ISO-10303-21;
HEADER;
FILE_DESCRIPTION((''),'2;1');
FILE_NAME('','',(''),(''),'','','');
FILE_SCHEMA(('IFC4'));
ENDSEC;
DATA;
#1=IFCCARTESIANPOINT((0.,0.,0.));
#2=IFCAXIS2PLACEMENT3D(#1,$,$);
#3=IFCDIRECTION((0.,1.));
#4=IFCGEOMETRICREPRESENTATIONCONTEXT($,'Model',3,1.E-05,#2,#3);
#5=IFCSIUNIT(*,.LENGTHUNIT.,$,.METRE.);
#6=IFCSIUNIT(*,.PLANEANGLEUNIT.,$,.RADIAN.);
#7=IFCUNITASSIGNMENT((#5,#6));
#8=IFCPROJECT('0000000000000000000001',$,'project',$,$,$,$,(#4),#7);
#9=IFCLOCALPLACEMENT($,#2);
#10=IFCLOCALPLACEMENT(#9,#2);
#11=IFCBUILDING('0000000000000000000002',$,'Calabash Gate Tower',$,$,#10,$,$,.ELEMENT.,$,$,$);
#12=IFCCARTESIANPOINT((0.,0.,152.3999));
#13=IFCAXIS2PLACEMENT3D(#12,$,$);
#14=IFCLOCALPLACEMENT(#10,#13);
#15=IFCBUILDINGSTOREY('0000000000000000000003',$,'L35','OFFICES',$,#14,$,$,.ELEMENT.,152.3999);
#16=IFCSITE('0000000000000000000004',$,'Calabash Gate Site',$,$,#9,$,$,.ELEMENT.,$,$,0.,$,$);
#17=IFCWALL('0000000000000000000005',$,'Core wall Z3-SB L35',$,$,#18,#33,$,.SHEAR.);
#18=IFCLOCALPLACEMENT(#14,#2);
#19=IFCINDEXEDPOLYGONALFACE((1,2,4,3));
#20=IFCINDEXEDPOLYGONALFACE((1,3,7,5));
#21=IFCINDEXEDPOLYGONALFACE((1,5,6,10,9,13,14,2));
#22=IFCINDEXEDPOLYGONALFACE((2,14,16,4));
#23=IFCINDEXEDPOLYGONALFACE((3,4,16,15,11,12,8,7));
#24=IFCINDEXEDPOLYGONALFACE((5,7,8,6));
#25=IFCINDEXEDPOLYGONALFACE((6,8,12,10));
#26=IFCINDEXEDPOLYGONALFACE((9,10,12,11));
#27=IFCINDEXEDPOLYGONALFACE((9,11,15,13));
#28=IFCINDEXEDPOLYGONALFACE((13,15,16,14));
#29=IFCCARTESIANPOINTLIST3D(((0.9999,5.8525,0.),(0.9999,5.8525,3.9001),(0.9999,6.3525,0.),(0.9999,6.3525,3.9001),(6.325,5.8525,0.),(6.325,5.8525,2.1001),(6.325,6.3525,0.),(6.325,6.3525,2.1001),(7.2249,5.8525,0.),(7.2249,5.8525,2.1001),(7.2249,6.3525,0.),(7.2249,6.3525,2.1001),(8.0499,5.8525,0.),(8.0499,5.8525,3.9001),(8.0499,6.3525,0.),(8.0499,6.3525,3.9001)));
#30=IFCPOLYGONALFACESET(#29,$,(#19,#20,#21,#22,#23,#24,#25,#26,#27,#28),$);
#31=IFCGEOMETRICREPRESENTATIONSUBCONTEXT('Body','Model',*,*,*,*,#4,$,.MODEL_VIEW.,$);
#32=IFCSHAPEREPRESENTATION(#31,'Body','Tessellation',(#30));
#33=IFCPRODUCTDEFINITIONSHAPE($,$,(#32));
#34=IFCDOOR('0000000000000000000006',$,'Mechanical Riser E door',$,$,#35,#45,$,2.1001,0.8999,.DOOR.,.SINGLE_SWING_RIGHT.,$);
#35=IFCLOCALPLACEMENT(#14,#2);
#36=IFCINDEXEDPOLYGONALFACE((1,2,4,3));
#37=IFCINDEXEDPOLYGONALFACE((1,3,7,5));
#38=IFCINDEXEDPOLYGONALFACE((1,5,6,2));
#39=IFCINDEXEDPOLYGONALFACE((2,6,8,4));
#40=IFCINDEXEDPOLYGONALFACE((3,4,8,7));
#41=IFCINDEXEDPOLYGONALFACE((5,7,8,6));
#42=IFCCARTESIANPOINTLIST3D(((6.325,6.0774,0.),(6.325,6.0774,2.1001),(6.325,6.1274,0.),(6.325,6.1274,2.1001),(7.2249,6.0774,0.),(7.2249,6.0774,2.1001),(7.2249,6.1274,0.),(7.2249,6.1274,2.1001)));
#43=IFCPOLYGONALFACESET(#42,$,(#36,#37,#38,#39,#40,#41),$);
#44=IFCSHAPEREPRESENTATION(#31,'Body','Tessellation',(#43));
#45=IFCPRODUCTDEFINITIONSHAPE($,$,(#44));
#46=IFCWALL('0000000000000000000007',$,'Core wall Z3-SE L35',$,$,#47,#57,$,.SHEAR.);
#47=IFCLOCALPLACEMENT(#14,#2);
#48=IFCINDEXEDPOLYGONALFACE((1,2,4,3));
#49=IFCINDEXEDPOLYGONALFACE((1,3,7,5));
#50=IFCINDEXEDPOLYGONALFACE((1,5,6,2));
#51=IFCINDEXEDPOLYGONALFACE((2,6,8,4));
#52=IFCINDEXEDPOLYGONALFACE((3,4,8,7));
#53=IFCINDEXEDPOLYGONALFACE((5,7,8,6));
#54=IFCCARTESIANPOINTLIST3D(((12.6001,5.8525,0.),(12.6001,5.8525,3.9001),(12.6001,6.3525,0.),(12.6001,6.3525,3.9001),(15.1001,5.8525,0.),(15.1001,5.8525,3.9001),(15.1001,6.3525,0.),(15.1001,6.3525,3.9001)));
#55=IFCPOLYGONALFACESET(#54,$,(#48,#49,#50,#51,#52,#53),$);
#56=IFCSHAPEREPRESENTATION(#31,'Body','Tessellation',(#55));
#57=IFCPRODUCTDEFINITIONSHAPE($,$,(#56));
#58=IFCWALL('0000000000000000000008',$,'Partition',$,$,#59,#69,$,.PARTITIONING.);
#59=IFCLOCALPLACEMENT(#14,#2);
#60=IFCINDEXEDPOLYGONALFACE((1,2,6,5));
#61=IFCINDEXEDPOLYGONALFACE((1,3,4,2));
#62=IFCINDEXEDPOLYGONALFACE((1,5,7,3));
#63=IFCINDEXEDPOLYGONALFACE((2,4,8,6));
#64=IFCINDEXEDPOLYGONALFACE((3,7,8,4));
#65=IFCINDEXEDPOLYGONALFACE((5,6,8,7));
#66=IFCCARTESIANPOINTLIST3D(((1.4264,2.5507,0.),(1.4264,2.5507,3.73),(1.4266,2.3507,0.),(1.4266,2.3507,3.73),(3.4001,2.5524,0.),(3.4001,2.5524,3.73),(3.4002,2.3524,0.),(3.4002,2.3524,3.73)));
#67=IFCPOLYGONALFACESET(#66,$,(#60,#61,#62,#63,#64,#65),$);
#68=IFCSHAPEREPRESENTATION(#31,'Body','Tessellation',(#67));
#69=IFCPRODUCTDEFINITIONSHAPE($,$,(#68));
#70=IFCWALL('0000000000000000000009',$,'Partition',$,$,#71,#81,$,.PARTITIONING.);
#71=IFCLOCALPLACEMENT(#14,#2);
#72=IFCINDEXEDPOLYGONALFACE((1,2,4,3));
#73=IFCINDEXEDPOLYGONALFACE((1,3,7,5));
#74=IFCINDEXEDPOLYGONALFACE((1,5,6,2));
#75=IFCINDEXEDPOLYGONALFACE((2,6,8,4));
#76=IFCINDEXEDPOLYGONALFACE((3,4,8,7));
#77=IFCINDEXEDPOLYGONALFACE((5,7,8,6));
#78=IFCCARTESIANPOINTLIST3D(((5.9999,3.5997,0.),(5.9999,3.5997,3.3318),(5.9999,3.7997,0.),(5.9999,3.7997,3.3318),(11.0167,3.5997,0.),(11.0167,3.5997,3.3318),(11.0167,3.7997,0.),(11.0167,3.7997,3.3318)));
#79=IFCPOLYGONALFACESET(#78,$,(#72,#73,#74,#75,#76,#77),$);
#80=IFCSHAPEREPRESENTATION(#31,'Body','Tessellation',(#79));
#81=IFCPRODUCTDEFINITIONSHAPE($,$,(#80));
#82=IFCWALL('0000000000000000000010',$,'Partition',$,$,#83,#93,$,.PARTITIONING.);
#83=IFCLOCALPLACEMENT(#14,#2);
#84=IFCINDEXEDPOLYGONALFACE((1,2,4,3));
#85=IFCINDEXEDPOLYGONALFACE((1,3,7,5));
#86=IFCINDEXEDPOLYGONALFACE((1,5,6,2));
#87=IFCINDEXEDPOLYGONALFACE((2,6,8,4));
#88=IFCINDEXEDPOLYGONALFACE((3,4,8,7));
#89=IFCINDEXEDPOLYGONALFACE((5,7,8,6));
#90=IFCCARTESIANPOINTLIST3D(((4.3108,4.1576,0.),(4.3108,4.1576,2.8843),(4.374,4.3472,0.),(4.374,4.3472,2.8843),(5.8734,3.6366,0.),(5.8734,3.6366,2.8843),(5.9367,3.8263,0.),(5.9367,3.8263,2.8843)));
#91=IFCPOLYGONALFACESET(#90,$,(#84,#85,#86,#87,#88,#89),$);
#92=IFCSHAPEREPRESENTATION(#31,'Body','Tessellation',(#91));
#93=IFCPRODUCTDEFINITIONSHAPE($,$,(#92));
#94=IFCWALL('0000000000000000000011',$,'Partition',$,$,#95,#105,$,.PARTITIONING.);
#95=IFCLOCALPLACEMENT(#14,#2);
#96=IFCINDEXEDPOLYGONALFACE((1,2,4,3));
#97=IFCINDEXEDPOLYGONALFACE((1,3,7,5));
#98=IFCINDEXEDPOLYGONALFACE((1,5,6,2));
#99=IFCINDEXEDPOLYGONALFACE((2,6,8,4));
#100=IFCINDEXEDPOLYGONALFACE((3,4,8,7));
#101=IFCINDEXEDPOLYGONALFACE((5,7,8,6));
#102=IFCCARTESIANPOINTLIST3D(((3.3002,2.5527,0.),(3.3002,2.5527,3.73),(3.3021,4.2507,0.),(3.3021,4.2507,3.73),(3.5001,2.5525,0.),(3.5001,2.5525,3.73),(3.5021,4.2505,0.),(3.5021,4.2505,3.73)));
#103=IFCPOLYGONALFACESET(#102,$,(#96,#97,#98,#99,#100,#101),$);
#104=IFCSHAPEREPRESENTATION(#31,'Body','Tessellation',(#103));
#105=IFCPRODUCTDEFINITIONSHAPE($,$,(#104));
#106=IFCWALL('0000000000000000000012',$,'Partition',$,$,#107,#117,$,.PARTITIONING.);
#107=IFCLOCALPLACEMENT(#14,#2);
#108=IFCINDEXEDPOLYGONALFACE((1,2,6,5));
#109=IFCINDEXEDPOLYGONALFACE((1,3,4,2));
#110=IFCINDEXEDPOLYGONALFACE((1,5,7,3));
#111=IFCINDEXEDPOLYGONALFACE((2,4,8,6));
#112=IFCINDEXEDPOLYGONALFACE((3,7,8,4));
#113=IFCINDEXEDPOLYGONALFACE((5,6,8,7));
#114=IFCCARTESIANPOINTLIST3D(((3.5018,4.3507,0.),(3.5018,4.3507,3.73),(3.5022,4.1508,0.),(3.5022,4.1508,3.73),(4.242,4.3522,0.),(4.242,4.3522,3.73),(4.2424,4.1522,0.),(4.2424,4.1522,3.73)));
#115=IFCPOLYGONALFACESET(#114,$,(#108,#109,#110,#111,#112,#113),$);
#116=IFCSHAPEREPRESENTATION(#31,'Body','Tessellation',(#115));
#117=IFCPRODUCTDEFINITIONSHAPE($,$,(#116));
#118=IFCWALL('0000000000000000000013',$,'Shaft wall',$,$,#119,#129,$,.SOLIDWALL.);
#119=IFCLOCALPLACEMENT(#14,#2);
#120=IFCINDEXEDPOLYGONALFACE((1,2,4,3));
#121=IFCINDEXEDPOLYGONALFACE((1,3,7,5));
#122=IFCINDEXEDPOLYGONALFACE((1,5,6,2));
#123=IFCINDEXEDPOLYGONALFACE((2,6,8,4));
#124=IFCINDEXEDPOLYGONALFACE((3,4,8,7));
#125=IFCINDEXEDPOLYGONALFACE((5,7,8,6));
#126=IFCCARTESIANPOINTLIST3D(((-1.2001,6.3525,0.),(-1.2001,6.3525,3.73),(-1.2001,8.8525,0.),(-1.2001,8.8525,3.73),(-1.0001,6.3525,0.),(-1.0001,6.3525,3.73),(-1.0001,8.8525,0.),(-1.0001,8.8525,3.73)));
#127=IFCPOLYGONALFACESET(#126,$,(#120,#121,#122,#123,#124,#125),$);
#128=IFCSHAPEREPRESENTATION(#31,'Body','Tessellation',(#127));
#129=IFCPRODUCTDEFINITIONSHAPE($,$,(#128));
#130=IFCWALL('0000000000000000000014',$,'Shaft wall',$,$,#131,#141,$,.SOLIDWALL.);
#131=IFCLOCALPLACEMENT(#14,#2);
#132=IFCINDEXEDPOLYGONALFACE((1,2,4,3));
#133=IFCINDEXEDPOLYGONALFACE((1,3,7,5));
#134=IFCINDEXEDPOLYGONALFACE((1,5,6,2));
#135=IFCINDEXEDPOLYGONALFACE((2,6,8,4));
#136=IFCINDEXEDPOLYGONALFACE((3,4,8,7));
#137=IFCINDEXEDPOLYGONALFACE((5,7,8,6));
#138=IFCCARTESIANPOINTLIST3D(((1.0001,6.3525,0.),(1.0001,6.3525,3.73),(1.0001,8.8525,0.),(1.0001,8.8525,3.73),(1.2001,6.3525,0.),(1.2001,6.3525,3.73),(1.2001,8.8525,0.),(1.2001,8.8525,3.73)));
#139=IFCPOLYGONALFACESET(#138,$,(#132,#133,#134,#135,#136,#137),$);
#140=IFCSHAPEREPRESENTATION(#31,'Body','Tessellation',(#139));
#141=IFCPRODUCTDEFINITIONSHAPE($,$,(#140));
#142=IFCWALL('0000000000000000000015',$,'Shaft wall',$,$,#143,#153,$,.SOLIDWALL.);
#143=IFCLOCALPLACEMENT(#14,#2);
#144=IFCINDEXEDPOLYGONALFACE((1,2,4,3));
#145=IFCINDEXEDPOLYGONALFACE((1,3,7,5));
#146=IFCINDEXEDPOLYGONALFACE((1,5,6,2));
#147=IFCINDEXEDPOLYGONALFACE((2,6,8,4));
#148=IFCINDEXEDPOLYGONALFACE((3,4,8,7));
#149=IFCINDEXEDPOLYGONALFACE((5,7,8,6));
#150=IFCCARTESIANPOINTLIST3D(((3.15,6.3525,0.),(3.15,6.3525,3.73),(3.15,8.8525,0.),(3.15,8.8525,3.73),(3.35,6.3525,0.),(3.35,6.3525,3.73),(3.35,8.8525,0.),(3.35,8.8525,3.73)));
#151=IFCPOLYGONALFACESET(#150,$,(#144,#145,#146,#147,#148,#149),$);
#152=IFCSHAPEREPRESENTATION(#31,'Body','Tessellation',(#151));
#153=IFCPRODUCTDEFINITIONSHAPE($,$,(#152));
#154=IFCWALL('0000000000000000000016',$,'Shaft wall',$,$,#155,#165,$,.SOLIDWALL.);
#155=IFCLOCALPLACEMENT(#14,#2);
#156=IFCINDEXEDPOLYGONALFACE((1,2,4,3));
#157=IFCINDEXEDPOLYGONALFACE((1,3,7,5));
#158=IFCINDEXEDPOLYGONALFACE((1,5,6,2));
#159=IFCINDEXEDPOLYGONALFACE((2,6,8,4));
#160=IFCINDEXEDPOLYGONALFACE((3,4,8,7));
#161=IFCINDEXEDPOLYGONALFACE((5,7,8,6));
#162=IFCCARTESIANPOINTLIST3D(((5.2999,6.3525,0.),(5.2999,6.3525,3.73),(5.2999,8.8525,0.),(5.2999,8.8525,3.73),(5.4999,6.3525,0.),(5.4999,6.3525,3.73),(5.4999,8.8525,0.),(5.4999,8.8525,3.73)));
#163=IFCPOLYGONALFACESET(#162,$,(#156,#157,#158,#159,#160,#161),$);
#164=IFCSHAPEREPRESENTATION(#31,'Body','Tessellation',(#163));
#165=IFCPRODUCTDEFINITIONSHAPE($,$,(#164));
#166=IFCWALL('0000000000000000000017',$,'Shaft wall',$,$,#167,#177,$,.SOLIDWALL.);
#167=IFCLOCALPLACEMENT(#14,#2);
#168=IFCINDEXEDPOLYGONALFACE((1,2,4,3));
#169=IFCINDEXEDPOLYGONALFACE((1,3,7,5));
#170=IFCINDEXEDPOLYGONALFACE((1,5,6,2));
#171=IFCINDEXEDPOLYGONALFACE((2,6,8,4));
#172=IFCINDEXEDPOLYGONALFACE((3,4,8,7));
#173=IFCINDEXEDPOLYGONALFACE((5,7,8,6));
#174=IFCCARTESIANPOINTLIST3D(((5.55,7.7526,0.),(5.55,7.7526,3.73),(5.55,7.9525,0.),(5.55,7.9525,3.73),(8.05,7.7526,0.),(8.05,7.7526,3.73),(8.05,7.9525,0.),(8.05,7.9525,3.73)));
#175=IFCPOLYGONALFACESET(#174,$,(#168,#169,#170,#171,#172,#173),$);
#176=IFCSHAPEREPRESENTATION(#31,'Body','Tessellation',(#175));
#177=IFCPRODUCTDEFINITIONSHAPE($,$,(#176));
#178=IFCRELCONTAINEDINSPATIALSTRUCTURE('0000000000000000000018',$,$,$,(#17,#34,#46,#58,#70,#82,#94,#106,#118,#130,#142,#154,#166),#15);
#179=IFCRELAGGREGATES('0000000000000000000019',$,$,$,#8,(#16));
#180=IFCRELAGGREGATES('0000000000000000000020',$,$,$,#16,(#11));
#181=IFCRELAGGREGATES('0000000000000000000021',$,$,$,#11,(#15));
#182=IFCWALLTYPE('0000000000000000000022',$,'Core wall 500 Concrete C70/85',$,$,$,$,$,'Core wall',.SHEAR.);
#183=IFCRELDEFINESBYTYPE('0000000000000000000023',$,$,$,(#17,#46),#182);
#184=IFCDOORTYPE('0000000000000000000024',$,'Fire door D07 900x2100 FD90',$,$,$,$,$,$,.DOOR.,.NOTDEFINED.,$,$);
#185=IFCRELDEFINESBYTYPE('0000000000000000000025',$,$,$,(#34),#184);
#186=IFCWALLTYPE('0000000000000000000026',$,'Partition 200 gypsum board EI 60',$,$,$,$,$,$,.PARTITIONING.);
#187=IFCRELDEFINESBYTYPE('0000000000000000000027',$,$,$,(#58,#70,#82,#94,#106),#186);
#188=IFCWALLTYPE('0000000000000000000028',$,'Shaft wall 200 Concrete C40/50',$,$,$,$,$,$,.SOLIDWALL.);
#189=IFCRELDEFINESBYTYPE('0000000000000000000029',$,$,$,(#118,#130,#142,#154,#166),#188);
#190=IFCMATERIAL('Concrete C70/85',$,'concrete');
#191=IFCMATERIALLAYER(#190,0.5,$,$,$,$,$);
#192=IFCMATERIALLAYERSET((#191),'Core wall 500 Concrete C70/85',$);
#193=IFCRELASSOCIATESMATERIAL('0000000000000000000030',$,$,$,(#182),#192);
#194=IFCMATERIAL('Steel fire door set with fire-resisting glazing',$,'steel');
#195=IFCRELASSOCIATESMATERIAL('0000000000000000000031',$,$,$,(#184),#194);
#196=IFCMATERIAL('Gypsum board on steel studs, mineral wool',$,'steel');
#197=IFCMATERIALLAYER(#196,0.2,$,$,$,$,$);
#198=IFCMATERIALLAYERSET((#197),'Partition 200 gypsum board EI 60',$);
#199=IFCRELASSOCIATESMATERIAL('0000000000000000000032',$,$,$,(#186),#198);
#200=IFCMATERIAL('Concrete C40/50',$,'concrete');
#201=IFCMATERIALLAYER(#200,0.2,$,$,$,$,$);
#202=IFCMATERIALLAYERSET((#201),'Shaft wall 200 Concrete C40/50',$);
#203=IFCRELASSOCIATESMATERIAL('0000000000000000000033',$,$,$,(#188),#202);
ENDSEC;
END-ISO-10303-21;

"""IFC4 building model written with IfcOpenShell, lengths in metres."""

from ifc_helpers import new_model, si_unit, direction, frame, frame_2d, origin, place, context, subcontext, project, spatial, rectangle, extrude, material, layer, layer_set, type_object, element, fill, save


model = new_model("IFC4")

# Units and contexts
model_context = context("Model", 3, precision=1e-05, world=origin(), true_north=direction((0.0, 1.0)))
body_context = subcontext(model_context, "Body", "Model", "MODEL_VIEW")
ifc_project = project(units=[si_unit("LENGTHUNIT", "METRE"), si_unit("PLANEANGLEUNIT", "RADIAN")], contexts=[model_context])

# Site, building, storey
site_placement = place(None, origin())
site = spatial("IfcSite", under=ifc_project, at=site_placement, Name="Calabash Gate Site", CompositionType="ELEMENT", RefElevation=0.0)
building_placement = place(site_placement, origin())
building = spatial("IfcBuilding", under=site, at=building_placement, Name="Calabash Gate Tower", CompositionType="ELEMENT")
storey_placement = place(building_placement, frame((0.0, 0.0, 152.3999)))
storey = spatial("IfcBuildingStorey", under=building, at=storey_placement, Name="L35", Description="OFFICES", CompositionType="ELEMENT", Elevation=152.3999)

# Shared definitions
ifc_material_1 = material(Name="Concrete C70/85", Category="concrete")
ifc_layer_1 = layer(ifc_material_1, 0.5)
ifc_layer_set_1 = layer_set([ifc_layer_1], Name="Core wall 500 Concrete C70/85")
wall_type_1 = type_object("IfcWallType", Name="Core wall 500 Concrete C70/85", ElementType="Core wall", PredefinedType="SHEAR", material=ifc_layer_set_1)

# Wall, opening, door
wall_1_placement = place(storey_placement, frame((1.0, 6.1025, 0.0), z_axis=(0.0, 0.0, 1.0), x_axis=(1.0, 0.0, 0.0)))
wall_1 = element("IfcWall", 1, at=wall_1_placement, inside=storey, type_object=wall_type_1, Name="Core wall Z3-SB L35", PredefinedType="SHEAR", context=body_context, shape_type="SweptSolid", body=[
    extrude(rectangle(XDim=7.05, YDim=0.5, at=frame_2d((3.5249, 0.0))), origin(), (0.0, 0.0, 1.0), 3.9001),
])
opening_1_placement = place(wall_1_placement, frame((5.325, 0.0, 0.0)))
opening_1 = element("IfcOpeningElement", 2, at=opening_1_placement, cuts=wall_1, PredefinedType="OPENING", context=body_context, shape_type="SweptSolid", body=[
    extrude(rectangle(XDim=0.8999, YDim=2.1001, at=frame_2d((0.45, 1.05))), frame((0.0, 0.26, 0.0), z_axis=(0.0, -1.0, 0.0), x_axis=(1.0, 0.0, 0.0)), (0.0, 0.0, 1.0), 0.52),
])
ifc_material_2 = material(Name="Steel fire door set with fire-resisting glazing", Category="steel")
door_type_1 = type_object("IfcDoorType", Name="Fire door D07 900x2100 FD90", OperationType="NOTDEFINED", PredefinedType="DOOR", material=ifc_material_2)
door_1_placement = place(opening_1_placement, origin())
door_1 = element("IfcDoor", 3, at=door_1_placement, inside=storey, type_object=door_type_1, Name="Mechanical Riser E door", OperationType="SINGLE_SWING_RIGHT", OverallHeight=2.1001, OverallWidth=0.8999, PredefinedType="DOOR", context=body_context, shape_type="SweptSolid", body=[
    extrude(rectangle(XDim=0.8999, YDim=2.1001, at=frame_2d((0.45, 1.05))), frame((0.0, 0.0249, 0.0), z_axis=(0.0, -1.0, 0.0), x_axis=(1.0, 0.0, 0.0)), (0.0, 0.0, 1.0), 0.05),
])
fill(opening_1, door_1)

# Walls
wall_2_placement = place(storey_placement, frame((12.6001, 6.1025, 0.0), z_axis=(0.0, 0.0, 1.0), x_axis=(1.0, 0.0, 0.0)))
element("IfcWall", 4, at=wall_2_placement, inside=storey, type_object=wall_type_1, Name="Core wall Z3-SE L35", PredefinedType="SHEAR", context=body_context, shape_type="SweptSolid", body=[
    extrude(rectangle(XDim=2.5, YDim=0.5, at=frame_2d((1.25, 0.0))), origin(), (0.0, 0.0, 1.0), 3.9001),
])
ifc_material_3 = material(Name="Gypsum board on steel studs, mineral wool", Category="steel")
ifc_layer_2 = layer(ifc_material_3, 0.2)
ifc_layer_set_2 = layer_set([ifc_layer_2], Name="Partition 200 gypsum board EI 60")
wall_type_2 = type_object("IfcWallType", Name="Partition 200 gypsum board EI 60", PredefinedType="PARTITIONING", material=ifc_layer_set_2)
wall_3_placement = place(storey_placement, frame((1.4265, 2.4507, 0.0), z_axis=(0.0, 0.0, 1.0), x_axis=(1.0, 0.000866, 0.0)))
element("IfcWall", 5, at=wall_3_placement, inside=storey, type_object=wall_type_2, Name="Partition", PredefinedType="PARTITIONING", context=body_context, shape_type="SweptSolid", body=[
    extrude(rectangle(XDim=1.9736, YDim=0.2, at=frame_2d((0.9868, 0.0))), origin(), (0.0, 0.0, 1.0), 3.73),
])
wall_4_placement = place(storey_placement, frame((6.0, 3.6997, 0.0), z_axis=(0.0, 0.0, 1.0), x_axis=(1.0, 0.0, 0.0)))
element("IfcWall", 6, at=wall_4_placement, inside=storey, type_object=wall_type_2, Name="Partition", PredefinedType="PARTITIONING", context=body_context, shape_type="SweptSolid", body=[
    extrude(rectangle(XDim=5.0168, YDim=0.2, at=frame_2d((2.5083, 0.0))), origin(), (0.0, 0.0, 1.0), 3.3318),
])
wall_5_placement = place(storey_placement, frame((4.3423, 4.2524, 0.0), z_axis=(0.0, 0.0, 1.0), x_axis=(0.948668, -0.316272, 0.0)))
element("IfcWall", 7, at=wall_5_placement, inside=storey, type_object=wall_type_2, Name="Partition", PredefinedType="PARTITIONING", context=body_context, shape_type="SweptSolid", body=[
    extrude(rectangle(XDim=1.6472, YDim=0.2, at=frame_2d((0.8237, 0.0))), origin(), (0.0, 0.0, 1.0), 2.8843),
])
wall_6_placement = place(storey_placement, frame((3.4001, 2.5525, 0.0), z_axis=(0.0, 0.0, 1.0), x_axis=(0.00115, 0.999999, 0.0)))
element("IfcWall", 8, at=wall_6_placement, inside=storey, type_object=wall_type_2, Name="Partition", PredefinedType="PARTITIONING", context=body_context, shape_type="SweptSolid", body=[
    extrude(rectangle(XDim=1.698, YDim=0.2, at=frame_2d((0.8491, 0.0))), origin(), (0.0, 0.0, 1.0), 3.73),
])
wall_7_placement = place(storey_placement, frame((3.502, 4.2507, 0.0), z_axis=(0.0, 0.0, 1.0), x_axis=(0.999998, 0.001979, 0.0)))
element("IfcWall", 9, at=wall_7_placement, inside=storey, type_object=wall_type_2, Name="Partition", PredefinedType="PARTITIONING", context=body_context, shape_type="SweptSolid", body=[
    extrude(rectangle(XDim=0.7402, YDim=0.2, at=frame_2d((0.3701, 0.0))), origin(), (0.0, 0.0, 1.0), 3.73),
])
ifc_material_4 = material(Name="Concrete C40/50", Category="concrete")
ifc_layer_3 = layer(ifc_material_4, 0.2)
ifc_layer_set_3 = layer_set([ifc_layer_3], Name="Shaft wall 200 Concrete C40/50")
wall_type_3 = type_object("IfcWallType", Name="Shaft wall 200 Concrete C40/50", PredefinedType="SOLIDWALL", material=ifc_layer_set_3)
for number, where, z_axis, x_axis, name in (
    (10, (-1.1001, 6.3525, 0.0), (0.0, 0.0, 1.0), (0.0, 1.0, 0.0), "Shaft wall"),
    (11, (1.1001, 6.3525, 0.0), (0.0, 0.0, 1.0), (0.0, 1.0, 0.0), "Shaft wall"),
    (12, (3.25, 6.3525, 0.0), (0.0, 0.0, 1.0), (0.0, 1.0, 0.0), "Shaft wall"),
    (13, (5.3999, 6.3525, 0.0), (0.0, 0.0, 1.0), (0.0, 1.0, 0.0), "Shaft wall"),
    (14, (5.55, 7.8525, 0.0), (0.0, 0.0, 1.0), (1.0, 0.0, 0.0), "Shaft wall"),
):
    element("IfcWall", number, at=place(storey_placement, frame(where, z_axis=z_axis, x_axis=x_axis)), inside=storey, type_object=wall_type_3, Name=name, PredefinedType="SOLIDWALL", context=body_context, shape_type="SweptSolid", body=[
        extrude(rectangle(XDim=2.5, YDim=0.2, at=frame_2d((1.25, 0.0))), origin(), (0.0, 0.0, 1.0), 3.73),
    ])

save(model, "model.ifc")
